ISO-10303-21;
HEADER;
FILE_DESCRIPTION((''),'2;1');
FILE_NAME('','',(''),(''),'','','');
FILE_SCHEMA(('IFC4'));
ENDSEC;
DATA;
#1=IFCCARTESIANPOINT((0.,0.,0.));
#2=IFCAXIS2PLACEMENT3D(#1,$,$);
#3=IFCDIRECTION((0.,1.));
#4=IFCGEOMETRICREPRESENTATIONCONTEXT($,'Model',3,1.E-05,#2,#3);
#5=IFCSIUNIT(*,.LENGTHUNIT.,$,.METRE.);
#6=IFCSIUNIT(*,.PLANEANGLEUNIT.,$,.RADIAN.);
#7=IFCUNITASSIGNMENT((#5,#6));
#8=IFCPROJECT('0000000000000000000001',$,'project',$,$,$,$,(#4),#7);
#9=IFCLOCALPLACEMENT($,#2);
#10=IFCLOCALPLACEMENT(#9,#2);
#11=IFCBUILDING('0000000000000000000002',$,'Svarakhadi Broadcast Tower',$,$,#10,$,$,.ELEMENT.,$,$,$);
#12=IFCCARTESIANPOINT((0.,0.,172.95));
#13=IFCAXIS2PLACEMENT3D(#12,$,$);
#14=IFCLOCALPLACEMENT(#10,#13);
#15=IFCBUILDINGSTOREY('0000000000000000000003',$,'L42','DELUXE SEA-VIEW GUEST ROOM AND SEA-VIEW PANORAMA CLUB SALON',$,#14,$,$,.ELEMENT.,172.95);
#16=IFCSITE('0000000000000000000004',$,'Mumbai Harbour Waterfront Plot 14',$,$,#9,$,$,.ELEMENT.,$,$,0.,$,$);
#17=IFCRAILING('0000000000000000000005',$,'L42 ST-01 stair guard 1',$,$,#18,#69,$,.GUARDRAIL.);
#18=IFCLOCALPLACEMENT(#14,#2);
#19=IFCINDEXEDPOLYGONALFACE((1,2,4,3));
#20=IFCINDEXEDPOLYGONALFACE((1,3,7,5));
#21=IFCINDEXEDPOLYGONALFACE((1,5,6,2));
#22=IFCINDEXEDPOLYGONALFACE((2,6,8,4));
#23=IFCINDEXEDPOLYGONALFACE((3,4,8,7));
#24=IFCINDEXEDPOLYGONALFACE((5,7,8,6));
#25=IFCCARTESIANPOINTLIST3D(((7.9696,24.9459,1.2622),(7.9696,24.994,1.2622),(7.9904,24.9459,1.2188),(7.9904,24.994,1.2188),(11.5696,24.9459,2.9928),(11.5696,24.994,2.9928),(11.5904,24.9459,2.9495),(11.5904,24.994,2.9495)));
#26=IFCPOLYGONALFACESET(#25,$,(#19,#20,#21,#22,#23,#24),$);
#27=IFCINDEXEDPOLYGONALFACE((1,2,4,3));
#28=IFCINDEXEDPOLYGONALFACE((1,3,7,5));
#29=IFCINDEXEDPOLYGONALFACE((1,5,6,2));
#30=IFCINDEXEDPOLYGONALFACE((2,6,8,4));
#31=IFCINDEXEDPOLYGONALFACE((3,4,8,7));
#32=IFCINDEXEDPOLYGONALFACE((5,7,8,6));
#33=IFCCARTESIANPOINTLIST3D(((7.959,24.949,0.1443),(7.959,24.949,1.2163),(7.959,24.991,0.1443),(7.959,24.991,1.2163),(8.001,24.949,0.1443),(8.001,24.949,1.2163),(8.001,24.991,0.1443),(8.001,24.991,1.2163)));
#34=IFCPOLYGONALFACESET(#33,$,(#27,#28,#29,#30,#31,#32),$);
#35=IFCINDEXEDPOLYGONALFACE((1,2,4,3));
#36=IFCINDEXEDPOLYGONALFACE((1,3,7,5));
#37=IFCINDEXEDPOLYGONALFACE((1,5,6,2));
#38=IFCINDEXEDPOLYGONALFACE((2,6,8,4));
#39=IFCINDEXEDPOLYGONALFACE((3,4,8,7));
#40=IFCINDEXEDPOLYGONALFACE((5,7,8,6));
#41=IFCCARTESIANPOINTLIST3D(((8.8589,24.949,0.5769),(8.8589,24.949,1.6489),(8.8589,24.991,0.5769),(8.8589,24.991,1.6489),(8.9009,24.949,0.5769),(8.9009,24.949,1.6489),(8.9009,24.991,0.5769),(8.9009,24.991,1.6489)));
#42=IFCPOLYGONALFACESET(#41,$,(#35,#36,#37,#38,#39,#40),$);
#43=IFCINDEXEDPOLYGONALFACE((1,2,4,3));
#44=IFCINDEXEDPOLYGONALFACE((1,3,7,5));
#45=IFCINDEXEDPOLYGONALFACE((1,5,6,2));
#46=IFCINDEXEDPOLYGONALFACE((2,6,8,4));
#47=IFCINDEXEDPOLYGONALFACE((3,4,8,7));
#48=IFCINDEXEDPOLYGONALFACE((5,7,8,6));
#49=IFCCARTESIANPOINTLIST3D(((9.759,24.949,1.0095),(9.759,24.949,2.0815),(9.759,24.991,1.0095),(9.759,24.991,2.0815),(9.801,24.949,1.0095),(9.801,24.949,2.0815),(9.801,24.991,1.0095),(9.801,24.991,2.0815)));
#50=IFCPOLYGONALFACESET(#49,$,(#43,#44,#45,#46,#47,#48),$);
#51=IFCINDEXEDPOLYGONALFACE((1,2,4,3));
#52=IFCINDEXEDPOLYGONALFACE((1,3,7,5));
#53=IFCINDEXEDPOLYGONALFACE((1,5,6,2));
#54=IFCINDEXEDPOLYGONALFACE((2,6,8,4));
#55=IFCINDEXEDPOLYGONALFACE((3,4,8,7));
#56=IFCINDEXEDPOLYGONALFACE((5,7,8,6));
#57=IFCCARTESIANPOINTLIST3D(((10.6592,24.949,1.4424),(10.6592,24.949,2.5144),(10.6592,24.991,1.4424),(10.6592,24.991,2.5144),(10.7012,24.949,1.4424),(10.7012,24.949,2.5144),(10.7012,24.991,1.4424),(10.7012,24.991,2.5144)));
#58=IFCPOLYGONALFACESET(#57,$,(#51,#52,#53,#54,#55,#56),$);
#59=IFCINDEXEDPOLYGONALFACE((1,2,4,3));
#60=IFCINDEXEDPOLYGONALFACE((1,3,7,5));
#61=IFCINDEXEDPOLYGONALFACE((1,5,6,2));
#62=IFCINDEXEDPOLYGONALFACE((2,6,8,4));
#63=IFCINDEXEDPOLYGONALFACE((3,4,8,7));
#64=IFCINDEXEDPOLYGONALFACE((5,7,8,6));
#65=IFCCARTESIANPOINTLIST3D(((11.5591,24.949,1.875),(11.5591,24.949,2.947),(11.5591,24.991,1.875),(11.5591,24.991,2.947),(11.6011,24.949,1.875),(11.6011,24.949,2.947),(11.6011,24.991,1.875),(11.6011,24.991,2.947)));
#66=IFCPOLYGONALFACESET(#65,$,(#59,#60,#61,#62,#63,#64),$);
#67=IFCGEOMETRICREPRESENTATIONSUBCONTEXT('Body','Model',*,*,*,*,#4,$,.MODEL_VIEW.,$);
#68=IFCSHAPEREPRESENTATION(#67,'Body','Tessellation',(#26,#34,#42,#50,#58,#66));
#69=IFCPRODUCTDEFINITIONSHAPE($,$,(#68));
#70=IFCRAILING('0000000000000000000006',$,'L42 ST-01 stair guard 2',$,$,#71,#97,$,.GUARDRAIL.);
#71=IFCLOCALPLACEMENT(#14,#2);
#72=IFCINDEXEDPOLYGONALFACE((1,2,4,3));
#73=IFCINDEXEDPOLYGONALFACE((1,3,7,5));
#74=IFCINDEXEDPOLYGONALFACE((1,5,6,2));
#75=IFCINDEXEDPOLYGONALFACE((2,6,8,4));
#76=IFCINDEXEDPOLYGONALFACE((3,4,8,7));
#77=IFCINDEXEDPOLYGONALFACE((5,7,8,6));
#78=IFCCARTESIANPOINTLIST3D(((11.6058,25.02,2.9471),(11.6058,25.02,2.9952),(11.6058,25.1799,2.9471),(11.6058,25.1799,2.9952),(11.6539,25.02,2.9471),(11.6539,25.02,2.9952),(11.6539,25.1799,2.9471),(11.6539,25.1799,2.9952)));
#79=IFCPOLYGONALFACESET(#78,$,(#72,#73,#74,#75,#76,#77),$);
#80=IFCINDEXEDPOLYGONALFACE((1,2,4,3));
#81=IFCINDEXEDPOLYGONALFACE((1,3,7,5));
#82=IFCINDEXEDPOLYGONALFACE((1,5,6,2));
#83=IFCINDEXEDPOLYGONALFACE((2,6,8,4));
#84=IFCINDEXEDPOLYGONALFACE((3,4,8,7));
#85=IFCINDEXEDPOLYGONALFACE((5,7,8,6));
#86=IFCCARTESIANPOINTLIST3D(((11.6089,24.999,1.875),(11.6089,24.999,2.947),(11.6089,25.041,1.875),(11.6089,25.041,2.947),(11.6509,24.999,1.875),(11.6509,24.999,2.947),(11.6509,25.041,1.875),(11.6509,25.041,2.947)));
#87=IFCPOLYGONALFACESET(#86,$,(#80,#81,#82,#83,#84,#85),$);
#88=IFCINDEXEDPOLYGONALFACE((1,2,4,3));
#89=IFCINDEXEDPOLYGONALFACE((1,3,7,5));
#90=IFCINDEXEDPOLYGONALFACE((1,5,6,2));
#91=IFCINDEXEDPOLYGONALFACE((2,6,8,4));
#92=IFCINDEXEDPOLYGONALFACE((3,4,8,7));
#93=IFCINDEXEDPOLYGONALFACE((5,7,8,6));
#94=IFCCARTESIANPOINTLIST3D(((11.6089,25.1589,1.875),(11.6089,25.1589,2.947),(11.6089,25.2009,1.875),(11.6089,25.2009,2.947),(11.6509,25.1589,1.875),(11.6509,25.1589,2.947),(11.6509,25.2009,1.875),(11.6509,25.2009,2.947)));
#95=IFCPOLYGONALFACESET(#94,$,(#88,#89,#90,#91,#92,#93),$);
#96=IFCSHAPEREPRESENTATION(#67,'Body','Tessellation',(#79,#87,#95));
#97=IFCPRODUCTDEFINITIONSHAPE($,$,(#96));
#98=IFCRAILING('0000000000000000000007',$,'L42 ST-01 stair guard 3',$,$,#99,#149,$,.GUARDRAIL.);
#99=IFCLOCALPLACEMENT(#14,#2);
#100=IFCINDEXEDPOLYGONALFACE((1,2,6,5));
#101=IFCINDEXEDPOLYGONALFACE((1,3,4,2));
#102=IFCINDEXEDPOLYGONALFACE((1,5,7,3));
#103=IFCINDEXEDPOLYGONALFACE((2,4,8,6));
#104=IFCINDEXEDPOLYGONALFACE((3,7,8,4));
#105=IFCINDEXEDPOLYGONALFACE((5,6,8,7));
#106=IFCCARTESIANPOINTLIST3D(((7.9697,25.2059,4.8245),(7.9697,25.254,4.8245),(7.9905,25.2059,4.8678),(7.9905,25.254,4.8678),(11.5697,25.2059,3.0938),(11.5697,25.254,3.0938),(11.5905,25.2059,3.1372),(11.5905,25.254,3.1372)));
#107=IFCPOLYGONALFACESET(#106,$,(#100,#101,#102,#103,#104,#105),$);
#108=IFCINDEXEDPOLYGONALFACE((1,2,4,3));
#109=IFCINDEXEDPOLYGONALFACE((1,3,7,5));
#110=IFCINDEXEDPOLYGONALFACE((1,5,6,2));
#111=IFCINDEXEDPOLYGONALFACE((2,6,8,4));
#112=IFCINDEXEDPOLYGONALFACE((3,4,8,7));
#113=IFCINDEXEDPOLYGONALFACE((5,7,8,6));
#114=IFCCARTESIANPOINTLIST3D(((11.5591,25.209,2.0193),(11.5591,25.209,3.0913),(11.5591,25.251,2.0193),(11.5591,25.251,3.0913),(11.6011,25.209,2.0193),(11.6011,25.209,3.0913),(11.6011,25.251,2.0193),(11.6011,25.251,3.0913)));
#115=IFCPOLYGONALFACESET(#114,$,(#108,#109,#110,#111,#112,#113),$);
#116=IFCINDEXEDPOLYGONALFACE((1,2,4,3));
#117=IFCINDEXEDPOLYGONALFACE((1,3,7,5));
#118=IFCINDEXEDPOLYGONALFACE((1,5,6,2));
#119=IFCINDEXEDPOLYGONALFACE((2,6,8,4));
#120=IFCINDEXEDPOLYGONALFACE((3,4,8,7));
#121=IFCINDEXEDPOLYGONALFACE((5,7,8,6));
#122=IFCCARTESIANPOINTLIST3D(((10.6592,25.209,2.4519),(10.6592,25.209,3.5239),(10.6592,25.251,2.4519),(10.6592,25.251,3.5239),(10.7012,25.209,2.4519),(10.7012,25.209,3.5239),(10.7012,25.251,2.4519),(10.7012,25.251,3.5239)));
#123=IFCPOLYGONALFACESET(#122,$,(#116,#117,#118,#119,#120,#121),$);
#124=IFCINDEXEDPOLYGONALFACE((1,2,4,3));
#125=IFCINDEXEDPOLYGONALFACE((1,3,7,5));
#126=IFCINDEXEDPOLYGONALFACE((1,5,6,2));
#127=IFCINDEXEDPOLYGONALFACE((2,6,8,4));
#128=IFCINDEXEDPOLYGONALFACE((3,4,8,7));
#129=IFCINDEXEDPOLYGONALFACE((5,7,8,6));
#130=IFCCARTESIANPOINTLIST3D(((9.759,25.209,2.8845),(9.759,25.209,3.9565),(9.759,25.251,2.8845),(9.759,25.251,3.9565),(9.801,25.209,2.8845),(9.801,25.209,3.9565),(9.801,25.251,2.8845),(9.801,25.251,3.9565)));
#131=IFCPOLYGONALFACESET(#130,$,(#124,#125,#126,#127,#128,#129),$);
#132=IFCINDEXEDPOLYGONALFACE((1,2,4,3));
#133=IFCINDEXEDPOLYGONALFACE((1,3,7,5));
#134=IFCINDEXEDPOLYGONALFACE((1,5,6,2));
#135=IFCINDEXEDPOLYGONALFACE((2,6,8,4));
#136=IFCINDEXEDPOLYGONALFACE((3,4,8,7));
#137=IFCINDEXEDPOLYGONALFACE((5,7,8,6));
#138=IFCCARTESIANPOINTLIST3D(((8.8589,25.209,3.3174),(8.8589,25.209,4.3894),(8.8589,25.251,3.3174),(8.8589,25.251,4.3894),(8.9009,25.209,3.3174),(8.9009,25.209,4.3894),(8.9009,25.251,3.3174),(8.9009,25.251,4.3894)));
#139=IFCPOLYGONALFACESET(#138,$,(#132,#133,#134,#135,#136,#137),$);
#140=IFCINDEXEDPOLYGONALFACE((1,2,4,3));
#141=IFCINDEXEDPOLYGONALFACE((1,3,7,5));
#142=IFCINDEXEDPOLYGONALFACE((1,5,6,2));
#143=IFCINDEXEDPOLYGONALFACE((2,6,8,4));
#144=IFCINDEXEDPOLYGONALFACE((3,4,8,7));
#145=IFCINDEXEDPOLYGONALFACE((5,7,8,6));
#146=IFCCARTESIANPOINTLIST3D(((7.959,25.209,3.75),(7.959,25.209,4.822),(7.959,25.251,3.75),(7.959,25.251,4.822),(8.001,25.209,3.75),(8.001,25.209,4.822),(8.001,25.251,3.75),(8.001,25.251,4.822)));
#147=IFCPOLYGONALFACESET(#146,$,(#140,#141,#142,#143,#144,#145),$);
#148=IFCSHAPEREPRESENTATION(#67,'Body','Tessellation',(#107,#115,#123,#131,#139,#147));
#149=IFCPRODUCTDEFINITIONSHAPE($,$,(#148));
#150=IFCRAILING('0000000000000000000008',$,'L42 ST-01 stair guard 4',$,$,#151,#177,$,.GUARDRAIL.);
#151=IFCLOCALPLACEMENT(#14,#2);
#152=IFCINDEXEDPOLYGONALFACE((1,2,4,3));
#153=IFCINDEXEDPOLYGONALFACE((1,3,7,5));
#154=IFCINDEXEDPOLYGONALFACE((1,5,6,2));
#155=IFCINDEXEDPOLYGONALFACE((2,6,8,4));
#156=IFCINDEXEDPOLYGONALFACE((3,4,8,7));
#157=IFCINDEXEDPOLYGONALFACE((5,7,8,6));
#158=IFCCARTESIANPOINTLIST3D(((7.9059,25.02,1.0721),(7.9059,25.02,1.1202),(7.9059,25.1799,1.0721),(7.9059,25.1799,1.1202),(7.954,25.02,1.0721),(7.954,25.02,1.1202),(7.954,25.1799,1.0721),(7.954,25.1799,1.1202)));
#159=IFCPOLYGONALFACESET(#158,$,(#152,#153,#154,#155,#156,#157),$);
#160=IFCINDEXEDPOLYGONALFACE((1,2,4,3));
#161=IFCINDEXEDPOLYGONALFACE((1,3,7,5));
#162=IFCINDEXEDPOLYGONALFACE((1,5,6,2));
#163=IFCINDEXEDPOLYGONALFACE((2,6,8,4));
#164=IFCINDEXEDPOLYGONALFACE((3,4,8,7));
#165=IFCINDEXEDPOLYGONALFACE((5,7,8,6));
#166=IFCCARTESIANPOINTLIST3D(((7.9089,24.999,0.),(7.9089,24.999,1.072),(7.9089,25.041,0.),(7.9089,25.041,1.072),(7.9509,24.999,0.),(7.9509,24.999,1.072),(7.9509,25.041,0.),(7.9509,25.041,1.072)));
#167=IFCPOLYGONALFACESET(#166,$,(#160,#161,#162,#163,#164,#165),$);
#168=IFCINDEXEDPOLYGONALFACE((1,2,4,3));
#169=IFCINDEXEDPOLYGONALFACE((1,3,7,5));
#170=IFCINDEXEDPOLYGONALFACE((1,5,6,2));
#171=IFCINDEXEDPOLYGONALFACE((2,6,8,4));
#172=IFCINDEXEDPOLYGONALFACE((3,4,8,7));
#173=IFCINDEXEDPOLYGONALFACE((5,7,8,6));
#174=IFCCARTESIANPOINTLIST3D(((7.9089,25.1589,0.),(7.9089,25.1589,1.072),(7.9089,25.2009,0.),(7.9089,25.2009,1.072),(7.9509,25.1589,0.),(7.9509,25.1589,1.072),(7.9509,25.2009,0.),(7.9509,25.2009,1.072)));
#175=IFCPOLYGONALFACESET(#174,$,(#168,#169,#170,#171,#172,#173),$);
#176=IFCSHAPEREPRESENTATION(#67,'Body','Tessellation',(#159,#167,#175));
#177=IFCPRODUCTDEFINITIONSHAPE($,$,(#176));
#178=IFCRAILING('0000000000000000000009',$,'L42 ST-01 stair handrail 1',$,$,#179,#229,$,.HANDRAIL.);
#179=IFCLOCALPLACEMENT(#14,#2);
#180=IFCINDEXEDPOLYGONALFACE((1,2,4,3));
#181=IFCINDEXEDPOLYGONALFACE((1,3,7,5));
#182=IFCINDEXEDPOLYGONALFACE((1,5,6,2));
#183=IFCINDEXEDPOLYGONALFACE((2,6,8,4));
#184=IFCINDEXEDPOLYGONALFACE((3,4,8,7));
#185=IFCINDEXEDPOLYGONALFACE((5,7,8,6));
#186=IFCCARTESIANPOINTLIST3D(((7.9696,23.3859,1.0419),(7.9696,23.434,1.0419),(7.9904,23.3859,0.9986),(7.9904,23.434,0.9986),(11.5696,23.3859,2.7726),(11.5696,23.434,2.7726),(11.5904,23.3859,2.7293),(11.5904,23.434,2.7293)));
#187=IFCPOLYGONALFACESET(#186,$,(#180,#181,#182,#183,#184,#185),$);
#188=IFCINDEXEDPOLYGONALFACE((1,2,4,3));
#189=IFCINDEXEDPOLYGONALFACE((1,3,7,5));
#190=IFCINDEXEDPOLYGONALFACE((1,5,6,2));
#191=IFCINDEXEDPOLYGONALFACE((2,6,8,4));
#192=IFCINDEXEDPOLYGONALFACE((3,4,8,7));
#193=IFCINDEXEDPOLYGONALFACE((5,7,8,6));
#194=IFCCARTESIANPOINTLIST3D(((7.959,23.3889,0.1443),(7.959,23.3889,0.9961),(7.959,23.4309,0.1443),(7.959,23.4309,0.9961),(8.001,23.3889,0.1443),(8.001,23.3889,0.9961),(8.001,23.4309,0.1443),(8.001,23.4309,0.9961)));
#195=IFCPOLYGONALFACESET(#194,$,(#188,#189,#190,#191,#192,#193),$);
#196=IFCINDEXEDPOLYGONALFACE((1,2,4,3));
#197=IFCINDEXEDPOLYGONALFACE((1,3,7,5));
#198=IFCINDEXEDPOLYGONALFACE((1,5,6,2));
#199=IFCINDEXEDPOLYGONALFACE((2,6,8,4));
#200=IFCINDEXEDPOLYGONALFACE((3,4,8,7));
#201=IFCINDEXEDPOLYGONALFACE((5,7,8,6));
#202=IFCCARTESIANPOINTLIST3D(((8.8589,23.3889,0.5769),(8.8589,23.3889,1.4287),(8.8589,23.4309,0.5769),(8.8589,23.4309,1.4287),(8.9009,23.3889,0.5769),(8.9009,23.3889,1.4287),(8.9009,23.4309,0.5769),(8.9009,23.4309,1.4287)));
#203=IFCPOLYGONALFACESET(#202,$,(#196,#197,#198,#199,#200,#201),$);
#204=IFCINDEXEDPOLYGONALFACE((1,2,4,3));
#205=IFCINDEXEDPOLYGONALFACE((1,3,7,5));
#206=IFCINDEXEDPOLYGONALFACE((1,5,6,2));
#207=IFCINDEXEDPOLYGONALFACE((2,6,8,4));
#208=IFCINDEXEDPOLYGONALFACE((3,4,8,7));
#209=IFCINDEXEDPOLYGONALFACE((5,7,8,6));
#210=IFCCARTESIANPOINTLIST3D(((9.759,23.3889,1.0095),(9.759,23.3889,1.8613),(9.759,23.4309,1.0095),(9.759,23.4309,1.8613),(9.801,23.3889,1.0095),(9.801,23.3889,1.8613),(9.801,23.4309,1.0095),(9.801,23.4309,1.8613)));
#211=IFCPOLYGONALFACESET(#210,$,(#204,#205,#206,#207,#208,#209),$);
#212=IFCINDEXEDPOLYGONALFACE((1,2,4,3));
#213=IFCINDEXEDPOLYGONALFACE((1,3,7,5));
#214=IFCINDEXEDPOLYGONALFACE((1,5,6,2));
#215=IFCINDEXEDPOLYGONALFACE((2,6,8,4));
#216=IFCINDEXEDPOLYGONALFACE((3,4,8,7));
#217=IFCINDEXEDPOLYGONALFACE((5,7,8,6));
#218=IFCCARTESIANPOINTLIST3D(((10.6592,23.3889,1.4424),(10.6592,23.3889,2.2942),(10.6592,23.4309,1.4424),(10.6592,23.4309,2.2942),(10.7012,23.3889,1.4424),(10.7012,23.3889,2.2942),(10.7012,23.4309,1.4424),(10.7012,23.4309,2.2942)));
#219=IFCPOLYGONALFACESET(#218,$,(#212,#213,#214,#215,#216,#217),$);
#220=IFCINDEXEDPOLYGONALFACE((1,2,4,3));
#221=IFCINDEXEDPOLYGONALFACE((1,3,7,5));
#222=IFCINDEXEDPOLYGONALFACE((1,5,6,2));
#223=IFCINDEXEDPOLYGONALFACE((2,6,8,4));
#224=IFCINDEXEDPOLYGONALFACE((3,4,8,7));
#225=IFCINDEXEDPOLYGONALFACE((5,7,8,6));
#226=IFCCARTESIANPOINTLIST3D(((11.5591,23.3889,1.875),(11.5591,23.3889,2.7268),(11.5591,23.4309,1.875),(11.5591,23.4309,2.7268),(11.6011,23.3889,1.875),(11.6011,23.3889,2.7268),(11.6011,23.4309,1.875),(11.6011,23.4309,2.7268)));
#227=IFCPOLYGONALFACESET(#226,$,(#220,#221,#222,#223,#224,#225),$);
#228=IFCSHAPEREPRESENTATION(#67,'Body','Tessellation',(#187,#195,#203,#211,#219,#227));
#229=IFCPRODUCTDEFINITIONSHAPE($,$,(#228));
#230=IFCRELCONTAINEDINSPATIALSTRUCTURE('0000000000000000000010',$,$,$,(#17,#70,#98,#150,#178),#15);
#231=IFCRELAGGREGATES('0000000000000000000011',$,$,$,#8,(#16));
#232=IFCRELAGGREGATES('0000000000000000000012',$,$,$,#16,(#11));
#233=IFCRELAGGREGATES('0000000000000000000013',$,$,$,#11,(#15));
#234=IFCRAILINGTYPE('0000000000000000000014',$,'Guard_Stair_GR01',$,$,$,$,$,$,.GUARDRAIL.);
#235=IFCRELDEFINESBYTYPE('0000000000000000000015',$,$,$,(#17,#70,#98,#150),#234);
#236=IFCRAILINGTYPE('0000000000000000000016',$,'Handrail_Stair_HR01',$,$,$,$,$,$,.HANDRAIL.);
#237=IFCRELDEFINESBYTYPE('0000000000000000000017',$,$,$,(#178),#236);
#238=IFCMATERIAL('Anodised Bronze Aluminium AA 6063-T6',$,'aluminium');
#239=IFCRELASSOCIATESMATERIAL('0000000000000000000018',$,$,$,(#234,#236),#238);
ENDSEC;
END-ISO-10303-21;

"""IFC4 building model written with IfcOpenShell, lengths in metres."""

from ifc_helpers import new_model, si_unit, direction, frame, origin, origin_2d, place, context, subcontext, project, spatial, rectangle, extrude, material, type_object, element, save


model = new_model("IFC4")

# Units and contexts
model_context = context("Model", 3, precision=1e-05, world=origin(), true_north=direction((0.0, 1.0)))
body_context = subcontext(model_context, "Body", "Model", "MODEL_VIEW")
ifc_project = project(units=[si_unit("LENGTHUNIT", "METRE"), si_unit("PLANEANGLEUNIT", "RADIAN")], contexts=[model_context])

# Site, building, storey
site_placement = place(None, origin())
site = spatial("IfcSite", under=ifc_project, at=site_placement, Name="Mumbai Harbour Waterfront Plot 14", CompositionType="ELEMENT", RefElevation=0.0)
building_placement = place(site_placement, origin())
building = spatial("IfcBuilding", under=site, at=building_placement, Name="Svarakhadi Broadcast Tower", CompositionType="ELEMENT")
storey_placement = place(building_placement, frame((0.0, 0.0, 172.95)))
storey = spatial("IfcBuildingStorey", under=building, at=storey_placement, Name="L42", Description="DELUXE SEA-VIEW GUEST ROOM AND SEA-VIEW PANORAMA CLUB SALON", CompositionType="ELEMENT", Elevation=172.95)

# Railings
ifc_material_1 = material(Name="Anodised Bronze Aluminium AA 6063-T6", Category="aluminium")
railing_type_1 = type_object("IfcRailingType", Name="Guard_Stair_GR01", PredefinedType="GUARDRAIL", material=ifc_material_1)
railing_1_placement = place(storey_placement, frame((7.98, 24.97, 0.1443)))
element("IfcRailing", 1, at=railing_1_placement, inside=storey, type_object=railing_type_1, Name="L42 ST-01 stair guard 1", PredefinedType="GUARDRAIL", context=body_context, shape_type="SweptSolid", body=[
    extrude(rectangle(XDim=0.0481, YDim=0.0481, at=origin_2d()), frame((0.0, 0.0, 1.0962), z_axis=(0.901263, 0.0, 0.433273), x_axis=(0.0, 1.0, 0.0)), (0.0, 0.0, 1.0), 3.9944),
    extrude(rectangle(XDim=0.042, YDim=0.042, at=origin_2d()), origin(), (0.0, 0.0, 1.0), 1.072),
    extrude(rectangle(XDim=0.042, YDim=0.042, at=origin_2d()), frame((0.8999, 0.0, 0.4326)), (0.0, 0.0, 1.0), 1.072),
    extrude(rectangle(XDim=0.042, YDim=0.042, at=origin_2d()), frame((1.8, 0.0, 0.8652)), (0.0, 0.0, 1.0), 1.072),
    extrude(rectangle(XDim=0.042, YDim=0.042, at=origin_2d()), frame((2.7002, 0.0, 1.2981)), (0.0, 0.0, 1.0), 1.072),
    extrude(rectangle(XDim=0.042, YDim=0.042, at=origin_2d()), frame((3.6001, 0.0, 1.7307)), (0.0, 0.0, 1.0), 1.072),
])
railing_2_placement = place(storey_placement, frame((11.6299, 25.02, 1.875)))
element("IfcRailing", 2, at=railing_2_placement, inside=storey, type_object=railing_type_1, Name="L42 ST-01 stair guard 2", PredefinedType="GUARDRAIL", context=body_context, shape_type="SweptSolid", body=[
    extrude(rectangle(XDim=0.0481, YDim=0.0481, at=origin_2d()), frame((0.0, 0.0, 1.0962), z_axis=(0.0, 1.0, 0.0), x_axis=(-1.0, 0.0, 0.0)), (0.0, 0.0, 1.0), 0.1599),
    extrude(rectangle(XDim=0.042, YDim=0.042, at=origin_2d()), origin(), (0.0, 0.0, 1.0), 1.072),
    extrude(rectangle(XDim=0.042, YDim=0.042, at=origin_2d()), frame((0.0, 0.1599, 0.0)), (0.0, 0.0, 1.0), 1.072),
])
railing_3_placement = place(storey_placement, frame((11.5801, 25.23, 2.0193)))
element("IfcRailing", 3, at=railing_3_placement, inside=storey, type_object=railing_type_1, Name="L42 ST-01 stair guard 3", PredefinedType="GUARDRAIL", context=body_context, shape_type="SweptSolid", body=[
    extrude(rectangle(XDim=0.0481, YDim=0.0481, at=origin_2d()), frame((0.0, 0.0, 1.0962), z_axis=(-0.901263, 0.0, 0.433273), x_axis=(0.0, -1.0, 0.0)), (0.0, 0.0, 1.0), 3.9944),
    extrude(rectangle(XDim=0.042, YDim=0.042, at=origin_2d()), origin(), (0.0, 0.0, 1.0), 1.072),
    extrude(rectangle(XDim=0.042, YDim=0.042, at=origin_2d()), frame((-0.8999, 0.0, 0.4326)), (0.0, 0.0, 1.0), 1.072),
    extrude(rectangle(XDim=0.042, YDim=0.042, at=origin_2d()), frame((-1.8, 0.0, 0.8652)), (0.0, 0.0, 1.0), 1.072),
    extrude(rectangle(XDim=0.042, YDim=0.042, at=origin_2d()), frame((-2.7002, 0.0, 1.2981)), (0.0, 0.0, 1.0), 1.072),
    extrude(rectangle(XDim=0.042, YDim=0.042, at=origin_2d()), frame((-3.6001, 0.0, 1.7307)), (0.0, 0.0, 1.0), 1.072),
])
railing_4_placement = place(storey_placement, frame((7.9299, 25.02, 0.0)))
element("IfcRailing", 4, at=railing_4_placement, inside=storey, type_object=railing_type_1, Name="L42 ST-01 stair guard 4", PredefinedType="GUARDRAIL", context=body_context, shape_type="SweptSolid", body=[
    extrude(rectangle(XDim=0.0481, YDim=0.0481, at=origin_2d()), frame((0.0, 0.0, 1.0962), z_axis=(0.0, 1.0, 0.0), x_axis=(-1.0, 0.0, 0.0)), (0.0, 0.0, 1.0), 0.1599),
    extrude(rectangle(XDim=0.042, YDim=0.042, at=origin_2d()), origin(), (0.0, 0.0, 1.0), 1.072),
    extrude(rectangle(XDim=0.042, YDim=0.042, at=origin_2d()), frame((0.0, 0.1599, 0.0)), (0.0, 0.0, 1.0), 1.072),
])
railing_type_2 = type_object("IfcRailingType", Name="Handrail_Stair_HR01", PredefinedType="HANDRAIL", material=ifc_material_1)
railing_5_placement = place(storey_placement, frame((7.98, 23.4099, 0.1443)))
element("IfcRailing", 5, at=railing_5_placement, inside=storey, type_object=railing_type_2, Name="L42 ST-01 stair handrail 1", PredefinedType="HANDRAIL", context=body_context, shape_type="SweptSolid", body=[
    extrude(rectangle(XDim=0.0481, YDim=0.0481, at=origin_2d()), frame((0.0, 0.0, 0.876), z_axis=(0.901263, 0.0, 0.433273), x_axis=(0.0, 1.0, 0.0)), (0.0, 0.0, 1.0), 3.9944),
    extrude(rectangle(XDim=0.042, YDim=0.042, at=origin_2d()), origin(), (0.0, 0.0, 1.0), 0.8518),
    extrude(rectangle(XDim=0.042, YDim=0.042, at=origin_2d()), frame((0.8999, 0.0, 0.4326)), (0.0, 0.0, 1.0), 0.8518),
    extrude(rectangle(XDim=0.042, YDim=0.042, at=origin_2d()), frame((1.8, 0.0, 0.8652)), (0.0, 0.0, 1.0), 0.8518),
    extrude(rectangle(XDim=0.042, YDim=0.042, at=origin_2d()), frame((2.7002, 0.0, 1.2981)), (0.0, 0.0, 1.0), 0.8518),
    extrude(rectangle(XDim=0.042, YDim=0.042, at=origin_2d()), frame((3.6001, 0.0, 1.7307)), (0.0, 0.0, 1.0), 0.8518),
])

save(model, "model.ifc")
